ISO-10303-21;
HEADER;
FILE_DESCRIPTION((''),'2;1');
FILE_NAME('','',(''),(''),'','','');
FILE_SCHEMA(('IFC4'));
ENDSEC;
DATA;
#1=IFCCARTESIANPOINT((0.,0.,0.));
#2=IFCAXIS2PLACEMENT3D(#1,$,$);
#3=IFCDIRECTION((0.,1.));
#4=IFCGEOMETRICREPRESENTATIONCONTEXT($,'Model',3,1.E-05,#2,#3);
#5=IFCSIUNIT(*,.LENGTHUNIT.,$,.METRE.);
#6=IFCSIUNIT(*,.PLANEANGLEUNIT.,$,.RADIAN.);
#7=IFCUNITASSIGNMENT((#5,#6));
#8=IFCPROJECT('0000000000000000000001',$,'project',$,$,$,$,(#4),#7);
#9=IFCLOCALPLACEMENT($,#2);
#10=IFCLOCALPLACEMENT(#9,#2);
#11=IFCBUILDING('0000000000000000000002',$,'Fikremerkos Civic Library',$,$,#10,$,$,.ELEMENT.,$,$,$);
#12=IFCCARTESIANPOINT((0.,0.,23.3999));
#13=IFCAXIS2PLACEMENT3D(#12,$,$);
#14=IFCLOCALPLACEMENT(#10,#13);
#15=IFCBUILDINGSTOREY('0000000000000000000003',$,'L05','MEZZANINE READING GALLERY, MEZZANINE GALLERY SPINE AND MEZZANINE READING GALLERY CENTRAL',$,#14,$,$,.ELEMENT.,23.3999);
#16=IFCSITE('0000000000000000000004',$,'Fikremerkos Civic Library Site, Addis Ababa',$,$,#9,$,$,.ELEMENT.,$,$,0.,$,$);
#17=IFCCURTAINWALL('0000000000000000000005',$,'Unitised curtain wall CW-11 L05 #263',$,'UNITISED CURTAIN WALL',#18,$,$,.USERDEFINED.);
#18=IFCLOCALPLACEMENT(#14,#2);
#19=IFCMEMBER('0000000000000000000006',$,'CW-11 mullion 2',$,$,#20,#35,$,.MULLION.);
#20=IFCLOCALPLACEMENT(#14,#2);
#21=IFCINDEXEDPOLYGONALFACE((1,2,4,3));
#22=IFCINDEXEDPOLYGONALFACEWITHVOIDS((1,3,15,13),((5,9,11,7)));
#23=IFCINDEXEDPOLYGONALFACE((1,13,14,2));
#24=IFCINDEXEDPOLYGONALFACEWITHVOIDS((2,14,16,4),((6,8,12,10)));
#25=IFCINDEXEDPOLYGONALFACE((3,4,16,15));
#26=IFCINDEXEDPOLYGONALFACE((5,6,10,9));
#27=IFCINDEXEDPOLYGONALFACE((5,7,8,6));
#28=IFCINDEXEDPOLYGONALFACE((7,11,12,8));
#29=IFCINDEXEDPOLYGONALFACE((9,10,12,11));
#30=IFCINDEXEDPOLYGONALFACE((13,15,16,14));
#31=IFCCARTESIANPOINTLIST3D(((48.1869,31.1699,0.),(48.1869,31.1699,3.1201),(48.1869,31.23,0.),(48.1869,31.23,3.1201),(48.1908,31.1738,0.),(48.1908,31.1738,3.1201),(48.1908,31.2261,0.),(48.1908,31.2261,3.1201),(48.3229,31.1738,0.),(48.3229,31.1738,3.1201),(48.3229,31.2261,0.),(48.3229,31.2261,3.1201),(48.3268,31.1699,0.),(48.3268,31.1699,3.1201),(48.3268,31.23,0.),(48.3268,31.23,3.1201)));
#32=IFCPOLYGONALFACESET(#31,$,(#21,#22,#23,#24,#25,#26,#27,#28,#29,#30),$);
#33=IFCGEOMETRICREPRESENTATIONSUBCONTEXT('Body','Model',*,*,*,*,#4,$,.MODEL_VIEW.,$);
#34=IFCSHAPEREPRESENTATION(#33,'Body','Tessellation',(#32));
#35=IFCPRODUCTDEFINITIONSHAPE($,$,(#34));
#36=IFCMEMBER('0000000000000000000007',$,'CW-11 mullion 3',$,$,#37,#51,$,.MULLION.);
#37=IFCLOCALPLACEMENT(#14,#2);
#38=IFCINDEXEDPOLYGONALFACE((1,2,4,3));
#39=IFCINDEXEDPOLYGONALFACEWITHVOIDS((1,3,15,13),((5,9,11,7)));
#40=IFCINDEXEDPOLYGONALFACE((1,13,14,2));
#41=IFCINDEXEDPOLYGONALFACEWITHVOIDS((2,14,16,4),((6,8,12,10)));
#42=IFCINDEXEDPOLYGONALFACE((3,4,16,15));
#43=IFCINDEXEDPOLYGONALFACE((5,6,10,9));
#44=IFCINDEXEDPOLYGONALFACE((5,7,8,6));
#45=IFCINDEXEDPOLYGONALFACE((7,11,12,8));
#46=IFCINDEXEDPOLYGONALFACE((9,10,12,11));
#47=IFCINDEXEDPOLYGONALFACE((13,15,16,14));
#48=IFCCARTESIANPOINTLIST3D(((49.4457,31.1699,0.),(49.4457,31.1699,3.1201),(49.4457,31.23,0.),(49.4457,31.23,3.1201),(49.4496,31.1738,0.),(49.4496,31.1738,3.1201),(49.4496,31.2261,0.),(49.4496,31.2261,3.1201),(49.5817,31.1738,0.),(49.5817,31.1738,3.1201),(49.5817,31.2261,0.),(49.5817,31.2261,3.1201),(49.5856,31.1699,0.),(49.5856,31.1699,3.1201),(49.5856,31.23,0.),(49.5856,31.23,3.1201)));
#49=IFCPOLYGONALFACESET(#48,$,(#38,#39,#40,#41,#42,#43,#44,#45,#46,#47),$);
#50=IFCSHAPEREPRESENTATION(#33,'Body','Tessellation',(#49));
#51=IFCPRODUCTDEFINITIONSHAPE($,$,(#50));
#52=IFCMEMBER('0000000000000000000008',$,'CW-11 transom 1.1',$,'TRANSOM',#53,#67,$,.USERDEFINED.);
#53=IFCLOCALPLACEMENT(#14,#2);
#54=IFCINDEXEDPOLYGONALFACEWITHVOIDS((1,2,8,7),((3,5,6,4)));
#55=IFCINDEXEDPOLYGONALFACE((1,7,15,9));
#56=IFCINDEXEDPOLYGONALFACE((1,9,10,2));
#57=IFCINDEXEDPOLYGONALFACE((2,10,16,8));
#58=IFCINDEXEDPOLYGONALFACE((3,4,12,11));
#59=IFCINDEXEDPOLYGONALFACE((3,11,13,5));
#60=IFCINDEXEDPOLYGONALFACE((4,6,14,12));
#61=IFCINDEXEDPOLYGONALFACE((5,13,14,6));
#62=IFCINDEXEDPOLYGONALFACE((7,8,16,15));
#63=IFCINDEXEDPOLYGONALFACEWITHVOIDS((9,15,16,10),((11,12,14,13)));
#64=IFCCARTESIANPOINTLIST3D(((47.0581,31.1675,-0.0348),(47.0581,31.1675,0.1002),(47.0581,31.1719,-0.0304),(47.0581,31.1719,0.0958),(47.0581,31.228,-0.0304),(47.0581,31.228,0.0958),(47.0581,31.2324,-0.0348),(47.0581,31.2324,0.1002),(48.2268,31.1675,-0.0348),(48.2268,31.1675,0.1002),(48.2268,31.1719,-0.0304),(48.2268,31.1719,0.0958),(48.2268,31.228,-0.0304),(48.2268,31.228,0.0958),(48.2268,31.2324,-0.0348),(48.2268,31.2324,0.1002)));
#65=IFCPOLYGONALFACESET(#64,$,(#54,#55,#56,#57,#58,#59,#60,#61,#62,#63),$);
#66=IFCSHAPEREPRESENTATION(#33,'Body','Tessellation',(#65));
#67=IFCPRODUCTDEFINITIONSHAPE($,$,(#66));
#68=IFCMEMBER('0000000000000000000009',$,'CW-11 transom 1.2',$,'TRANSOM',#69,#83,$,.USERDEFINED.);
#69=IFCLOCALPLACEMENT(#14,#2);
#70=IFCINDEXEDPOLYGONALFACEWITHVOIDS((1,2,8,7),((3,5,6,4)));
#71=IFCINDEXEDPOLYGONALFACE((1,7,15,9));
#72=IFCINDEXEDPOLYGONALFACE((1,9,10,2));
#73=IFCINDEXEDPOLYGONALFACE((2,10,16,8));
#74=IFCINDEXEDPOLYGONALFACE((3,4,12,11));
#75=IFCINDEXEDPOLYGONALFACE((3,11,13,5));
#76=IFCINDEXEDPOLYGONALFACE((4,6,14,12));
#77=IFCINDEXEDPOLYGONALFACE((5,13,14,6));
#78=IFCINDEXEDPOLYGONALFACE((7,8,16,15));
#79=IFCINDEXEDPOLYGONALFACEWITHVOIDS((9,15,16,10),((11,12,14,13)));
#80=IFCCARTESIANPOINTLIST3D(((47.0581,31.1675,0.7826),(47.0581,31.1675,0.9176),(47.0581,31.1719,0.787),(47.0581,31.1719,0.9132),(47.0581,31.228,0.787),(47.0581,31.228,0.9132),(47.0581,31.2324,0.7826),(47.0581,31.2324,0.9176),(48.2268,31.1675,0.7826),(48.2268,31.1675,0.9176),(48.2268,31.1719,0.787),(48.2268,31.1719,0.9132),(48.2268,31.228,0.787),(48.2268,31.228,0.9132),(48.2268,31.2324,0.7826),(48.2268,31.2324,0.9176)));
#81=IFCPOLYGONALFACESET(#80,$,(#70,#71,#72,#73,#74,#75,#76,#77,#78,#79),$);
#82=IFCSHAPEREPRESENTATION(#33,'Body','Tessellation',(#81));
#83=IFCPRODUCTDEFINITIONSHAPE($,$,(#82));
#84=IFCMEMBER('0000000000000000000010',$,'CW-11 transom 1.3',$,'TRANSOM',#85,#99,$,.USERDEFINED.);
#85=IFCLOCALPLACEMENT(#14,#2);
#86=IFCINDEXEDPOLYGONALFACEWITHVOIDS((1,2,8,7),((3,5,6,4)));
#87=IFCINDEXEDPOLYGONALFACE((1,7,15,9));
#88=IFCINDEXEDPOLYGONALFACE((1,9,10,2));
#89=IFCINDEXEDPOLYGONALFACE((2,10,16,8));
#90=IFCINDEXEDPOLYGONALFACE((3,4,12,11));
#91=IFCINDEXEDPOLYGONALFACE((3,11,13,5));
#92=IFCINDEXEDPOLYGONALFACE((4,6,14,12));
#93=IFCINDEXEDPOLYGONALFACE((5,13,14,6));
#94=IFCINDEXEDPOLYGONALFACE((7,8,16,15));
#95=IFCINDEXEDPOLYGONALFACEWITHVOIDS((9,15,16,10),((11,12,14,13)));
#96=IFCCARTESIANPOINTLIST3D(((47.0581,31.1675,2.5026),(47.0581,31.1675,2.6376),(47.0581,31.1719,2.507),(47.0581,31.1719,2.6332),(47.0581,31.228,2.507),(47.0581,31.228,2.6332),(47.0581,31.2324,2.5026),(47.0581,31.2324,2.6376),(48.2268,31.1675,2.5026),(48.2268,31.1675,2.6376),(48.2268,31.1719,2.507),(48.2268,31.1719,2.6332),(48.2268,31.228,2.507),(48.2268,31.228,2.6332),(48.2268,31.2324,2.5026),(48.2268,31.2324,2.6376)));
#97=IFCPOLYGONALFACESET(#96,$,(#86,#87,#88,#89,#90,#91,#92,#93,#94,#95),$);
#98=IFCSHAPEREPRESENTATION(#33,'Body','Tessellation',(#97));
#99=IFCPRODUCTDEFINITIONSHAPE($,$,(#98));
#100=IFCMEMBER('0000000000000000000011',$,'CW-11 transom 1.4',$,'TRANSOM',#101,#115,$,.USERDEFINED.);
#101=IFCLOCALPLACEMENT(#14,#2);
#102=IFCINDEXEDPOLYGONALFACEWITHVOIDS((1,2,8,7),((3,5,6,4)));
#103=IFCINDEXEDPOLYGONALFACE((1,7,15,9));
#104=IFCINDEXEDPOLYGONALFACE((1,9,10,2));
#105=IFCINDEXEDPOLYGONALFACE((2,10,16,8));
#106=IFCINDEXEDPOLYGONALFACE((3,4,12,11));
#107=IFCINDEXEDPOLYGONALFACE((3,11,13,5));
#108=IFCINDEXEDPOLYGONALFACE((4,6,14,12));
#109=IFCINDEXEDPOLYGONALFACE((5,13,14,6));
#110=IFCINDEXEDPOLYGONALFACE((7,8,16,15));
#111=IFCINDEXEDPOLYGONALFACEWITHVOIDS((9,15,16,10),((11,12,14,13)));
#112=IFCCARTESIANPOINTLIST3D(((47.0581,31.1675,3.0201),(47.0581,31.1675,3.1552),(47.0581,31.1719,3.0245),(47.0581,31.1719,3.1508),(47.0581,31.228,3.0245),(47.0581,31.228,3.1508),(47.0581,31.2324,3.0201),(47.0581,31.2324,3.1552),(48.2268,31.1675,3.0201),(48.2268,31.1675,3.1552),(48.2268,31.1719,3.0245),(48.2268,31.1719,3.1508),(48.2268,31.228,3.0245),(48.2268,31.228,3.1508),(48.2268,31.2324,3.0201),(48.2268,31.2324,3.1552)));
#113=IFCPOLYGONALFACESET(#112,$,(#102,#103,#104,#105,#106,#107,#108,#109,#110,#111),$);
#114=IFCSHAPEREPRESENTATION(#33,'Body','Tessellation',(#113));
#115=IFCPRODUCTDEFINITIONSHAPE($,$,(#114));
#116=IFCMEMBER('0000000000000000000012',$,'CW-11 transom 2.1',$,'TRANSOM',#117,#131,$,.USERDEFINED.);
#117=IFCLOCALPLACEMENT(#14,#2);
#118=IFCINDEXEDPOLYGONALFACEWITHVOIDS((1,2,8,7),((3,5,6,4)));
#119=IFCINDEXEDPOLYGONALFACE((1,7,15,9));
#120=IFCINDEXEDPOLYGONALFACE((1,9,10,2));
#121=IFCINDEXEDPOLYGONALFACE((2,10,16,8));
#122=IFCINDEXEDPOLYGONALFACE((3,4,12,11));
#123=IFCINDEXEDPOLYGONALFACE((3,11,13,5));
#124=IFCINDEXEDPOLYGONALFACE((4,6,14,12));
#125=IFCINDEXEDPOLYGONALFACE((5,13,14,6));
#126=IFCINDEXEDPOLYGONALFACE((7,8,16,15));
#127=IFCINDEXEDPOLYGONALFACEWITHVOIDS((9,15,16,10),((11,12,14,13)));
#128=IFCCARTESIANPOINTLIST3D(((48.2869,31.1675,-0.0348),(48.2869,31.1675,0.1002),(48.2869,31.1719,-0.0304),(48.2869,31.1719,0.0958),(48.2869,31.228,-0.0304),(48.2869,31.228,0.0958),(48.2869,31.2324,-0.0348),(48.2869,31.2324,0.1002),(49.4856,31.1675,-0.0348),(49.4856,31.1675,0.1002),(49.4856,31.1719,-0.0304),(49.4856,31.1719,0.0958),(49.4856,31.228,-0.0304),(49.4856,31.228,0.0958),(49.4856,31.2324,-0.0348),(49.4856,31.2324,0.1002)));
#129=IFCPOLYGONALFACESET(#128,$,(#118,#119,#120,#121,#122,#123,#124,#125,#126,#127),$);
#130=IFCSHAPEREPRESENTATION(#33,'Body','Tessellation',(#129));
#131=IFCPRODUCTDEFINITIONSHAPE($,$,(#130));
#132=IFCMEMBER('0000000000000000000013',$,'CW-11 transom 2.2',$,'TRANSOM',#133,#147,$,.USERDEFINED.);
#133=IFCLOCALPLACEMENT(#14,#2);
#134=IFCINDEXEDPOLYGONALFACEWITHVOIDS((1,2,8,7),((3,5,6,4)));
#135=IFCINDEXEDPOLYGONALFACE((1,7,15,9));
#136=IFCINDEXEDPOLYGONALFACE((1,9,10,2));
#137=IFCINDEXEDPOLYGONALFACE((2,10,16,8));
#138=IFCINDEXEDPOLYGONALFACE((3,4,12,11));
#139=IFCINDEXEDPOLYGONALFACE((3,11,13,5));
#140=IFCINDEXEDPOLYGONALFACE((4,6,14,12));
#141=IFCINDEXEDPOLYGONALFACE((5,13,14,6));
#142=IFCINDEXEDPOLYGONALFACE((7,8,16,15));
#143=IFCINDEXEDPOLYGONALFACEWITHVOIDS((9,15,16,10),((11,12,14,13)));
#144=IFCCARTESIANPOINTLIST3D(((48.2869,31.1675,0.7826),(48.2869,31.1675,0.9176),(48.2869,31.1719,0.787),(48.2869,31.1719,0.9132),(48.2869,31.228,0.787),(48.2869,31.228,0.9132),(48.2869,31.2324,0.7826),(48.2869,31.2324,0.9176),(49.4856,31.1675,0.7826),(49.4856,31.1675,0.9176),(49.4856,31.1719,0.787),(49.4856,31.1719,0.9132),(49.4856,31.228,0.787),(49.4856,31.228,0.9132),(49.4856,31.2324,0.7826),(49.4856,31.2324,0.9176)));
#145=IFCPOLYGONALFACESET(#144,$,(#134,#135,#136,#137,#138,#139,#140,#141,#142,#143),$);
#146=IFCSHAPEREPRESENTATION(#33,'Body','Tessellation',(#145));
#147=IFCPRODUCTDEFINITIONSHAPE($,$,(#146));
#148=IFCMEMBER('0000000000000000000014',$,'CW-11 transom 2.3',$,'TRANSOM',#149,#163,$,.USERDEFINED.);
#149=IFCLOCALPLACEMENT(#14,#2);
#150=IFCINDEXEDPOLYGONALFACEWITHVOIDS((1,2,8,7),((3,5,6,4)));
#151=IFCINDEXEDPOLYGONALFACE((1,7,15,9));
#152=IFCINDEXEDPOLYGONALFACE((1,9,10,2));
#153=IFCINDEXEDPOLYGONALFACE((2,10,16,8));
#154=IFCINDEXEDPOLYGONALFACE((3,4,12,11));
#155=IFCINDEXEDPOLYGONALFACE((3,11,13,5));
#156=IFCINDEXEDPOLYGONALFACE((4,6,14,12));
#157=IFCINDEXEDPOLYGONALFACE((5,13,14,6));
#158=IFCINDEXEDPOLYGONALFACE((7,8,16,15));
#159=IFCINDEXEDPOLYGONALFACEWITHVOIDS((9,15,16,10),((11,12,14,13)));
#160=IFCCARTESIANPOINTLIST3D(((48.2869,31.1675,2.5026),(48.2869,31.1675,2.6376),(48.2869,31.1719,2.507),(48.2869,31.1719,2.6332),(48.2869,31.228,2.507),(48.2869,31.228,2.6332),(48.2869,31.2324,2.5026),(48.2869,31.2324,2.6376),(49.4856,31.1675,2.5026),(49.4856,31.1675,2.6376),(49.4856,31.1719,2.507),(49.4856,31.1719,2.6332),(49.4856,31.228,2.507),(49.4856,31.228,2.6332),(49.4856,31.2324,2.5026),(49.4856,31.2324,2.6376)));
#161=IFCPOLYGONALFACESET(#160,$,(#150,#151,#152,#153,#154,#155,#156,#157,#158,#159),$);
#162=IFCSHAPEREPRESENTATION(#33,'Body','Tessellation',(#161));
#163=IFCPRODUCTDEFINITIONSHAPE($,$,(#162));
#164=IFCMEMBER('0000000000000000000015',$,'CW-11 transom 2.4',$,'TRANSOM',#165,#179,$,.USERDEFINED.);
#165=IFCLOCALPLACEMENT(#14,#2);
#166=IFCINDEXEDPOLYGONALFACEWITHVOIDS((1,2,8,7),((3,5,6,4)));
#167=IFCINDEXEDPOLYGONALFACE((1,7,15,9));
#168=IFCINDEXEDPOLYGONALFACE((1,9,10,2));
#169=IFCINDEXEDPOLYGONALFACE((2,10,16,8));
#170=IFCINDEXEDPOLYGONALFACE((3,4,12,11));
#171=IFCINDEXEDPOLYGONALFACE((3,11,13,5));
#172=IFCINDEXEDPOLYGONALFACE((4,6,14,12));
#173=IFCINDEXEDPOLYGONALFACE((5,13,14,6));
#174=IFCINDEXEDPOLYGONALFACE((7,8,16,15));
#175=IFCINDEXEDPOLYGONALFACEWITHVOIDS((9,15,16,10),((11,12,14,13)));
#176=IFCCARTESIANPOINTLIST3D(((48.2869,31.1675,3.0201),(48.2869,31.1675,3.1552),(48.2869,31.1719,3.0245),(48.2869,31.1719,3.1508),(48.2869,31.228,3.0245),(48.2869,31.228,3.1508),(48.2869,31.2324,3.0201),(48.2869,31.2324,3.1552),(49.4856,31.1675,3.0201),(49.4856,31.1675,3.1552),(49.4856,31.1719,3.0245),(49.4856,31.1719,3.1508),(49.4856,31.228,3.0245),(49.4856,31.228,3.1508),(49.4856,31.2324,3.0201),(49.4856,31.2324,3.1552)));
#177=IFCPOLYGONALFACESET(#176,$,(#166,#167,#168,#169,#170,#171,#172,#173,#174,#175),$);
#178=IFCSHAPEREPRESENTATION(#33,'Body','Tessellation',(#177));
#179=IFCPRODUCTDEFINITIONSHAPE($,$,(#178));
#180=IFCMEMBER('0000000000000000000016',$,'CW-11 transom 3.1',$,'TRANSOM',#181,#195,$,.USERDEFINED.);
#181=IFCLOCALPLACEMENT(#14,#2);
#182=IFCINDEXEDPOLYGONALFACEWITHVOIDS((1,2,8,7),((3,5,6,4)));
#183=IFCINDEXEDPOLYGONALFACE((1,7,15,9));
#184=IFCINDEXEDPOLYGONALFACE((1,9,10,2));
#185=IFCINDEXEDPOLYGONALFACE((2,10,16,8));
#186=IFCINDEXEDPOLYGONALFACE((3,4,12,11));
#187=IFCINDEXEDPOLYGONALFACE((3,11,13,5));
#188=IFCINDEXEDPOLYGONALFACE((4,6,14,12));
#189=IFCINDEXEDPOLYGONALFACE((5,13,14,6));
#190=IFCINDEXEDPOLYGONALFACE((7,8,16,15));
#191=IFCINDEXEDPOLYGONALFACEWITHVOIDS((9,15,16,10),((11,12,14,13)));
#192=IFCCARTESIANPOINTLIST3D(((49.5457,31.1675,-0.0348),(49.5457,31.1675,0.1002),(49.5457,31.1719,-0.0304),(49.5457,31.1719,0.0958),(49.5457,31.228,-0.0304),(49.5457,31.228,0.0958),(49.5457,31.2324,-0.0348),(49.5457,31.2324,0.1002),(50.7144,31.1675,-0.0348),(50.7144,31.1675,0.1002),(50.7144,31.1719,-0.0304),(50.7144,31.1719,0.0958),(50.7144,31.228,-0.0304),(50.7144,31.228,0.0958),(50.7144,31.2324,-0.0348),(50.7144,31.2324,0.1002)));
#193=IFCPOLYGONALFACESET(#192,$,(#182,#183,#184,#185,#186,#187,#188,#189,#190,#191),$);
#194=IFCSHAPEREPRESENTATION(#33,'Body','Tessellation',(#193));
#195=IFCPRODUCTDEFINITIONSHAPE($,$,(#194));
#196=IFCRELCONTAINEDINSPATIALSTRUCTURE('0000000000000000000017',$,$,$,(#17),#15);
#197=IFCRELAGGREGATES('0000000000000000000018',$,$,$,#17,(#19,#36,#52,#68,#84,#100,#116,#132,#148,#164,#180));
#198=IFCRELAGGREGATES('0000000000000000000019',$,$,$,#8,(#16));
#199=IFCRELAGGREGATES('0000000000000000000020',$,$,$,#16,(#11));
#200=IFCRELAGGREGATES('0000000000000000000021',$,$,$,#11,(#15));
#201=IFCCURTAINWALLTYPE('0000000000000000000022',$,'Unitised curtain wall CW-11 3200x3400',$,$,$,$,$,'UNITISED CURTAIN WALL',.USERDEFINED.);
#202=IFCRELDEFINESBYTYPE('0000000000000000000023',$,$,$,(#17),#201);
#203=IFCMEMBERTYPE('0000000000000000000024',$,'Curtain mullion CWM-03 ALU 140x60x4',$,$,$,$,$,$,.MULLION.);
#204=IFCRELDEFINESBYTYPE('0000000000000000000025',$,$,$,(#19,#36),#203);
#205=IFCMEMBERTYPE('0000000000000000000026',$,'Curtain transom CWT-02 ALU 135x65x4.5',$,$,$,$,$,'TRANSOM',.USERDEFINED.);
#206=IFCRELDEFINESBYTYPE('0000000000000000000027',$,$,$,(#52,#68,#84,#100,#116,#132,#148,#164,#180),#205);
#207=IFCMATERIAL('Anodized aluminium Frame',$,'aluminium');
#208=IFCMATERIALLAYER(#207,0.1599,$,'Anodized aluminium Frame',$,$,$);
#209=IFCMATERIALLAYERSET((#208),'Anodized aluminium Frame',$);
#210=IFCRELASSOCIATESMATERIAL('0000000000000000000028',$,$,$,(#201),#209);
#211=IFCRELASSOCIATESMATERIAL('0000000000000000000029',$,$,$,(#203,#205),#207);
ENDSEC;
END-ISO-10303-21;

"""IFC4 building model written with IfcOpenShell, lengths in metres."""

from ifc_helpers import new_model, si_unit, direction, frame, origin, origin_2d, place, context, subcontext, project, spatial, hollow_rectangle, extrude, material, layer, layer_set, material_profile, profile_set, type_object, element, aggregate, save


model = new_model("IFC4")

# Units and contexts
model_context = context("Model", 3, precision=1e-05, world=origin(), true_north=direction((0.0, 1.0)))
body_context = subcontext(model_context, "Body", "Model", "MODEL_VIEW")
ifc_project = project(units=[si_unit("LENGTHUNIT", "METRE"), si_unit("PLANEANGLEUNIT", "RADIAN")], contexts=[model_context])

# Site, building, storey
site_placement = place(None, origin())
site = spatial("IfcSite", under=ifc_project, at=site_placement, Name="Fikremerkos Civic Library Site, Addis Ababa", CompositionType="ELEMENT", RefElevation=0.0)
building_placement = place(site_placement, origin())
building = spatial("IfcBuilding", under=site, at=building_placement, Name="Fikremerkos Civic Library", CompositionType="ELEMENT")
storey_placement = place(building_placement, frame((0.0, 0.0, 23.3999)))
storey = spatial("IfcBuildingStorey", under=building, at=storey_placement, Name="L05", Description="MEZZANINE READING GALLERY, MEZZANINE GALLERY SPINE AND MEZZANINE READING GALLERY CENTRAL", CompositionType="ELEMENT", Elevation=23.3999)

# Curtain wall, members
ifc_material_1 = material(Name="Anodized aluminium Frame", Category="aluminium")
ifc_layer_1 = layer(ifc_material_1, 0.1599, Name="Anodized aluminium Frame")
ifc_layer_set_1 = layer_set([ifc_layer_1], Name="Anodized aluminium Frame")
curtain_wall_type = type_object("IfcCurtainWallType", Name="Unitised curtain wall CW-11 3200x3400", ElementType="UNITISED CURTAIN WALL", PredefinedType="USERDEFINED", material=ifc_layer_set_1)
curtain_wall_placement = place(storey_placement, origin())
curtain_wall = element("IfcCurtainWall", 1, at=curtain_wall_placement, inside=storey, type_object=curtain_wall_type, Name="Unitised curtain wall CW-11 L05 #263", ObjectType="UNITISED CURTAIN WALL", PredefinedType="USERDEFINED")
ifc_material_profile_1 = material_profile(ifc_material_1, hollow_rectangle(XDim=0.0601, YDim=0.1399, WallThickness=0.0039, at=origin_2d()), Name="ALU 140x60x4")
ifc_profile_set_1 = profile_set([ifc_material_profile_1], Name="Anodized aluminium Frame")
member_type_1 = type_object("IfcMemberType", Name="Curtain mullion CWM-03 ALU 140x60x4", PredefinedType="MULLION", material=ifc_profile_set_1)
member_1_placement = place(storey_placement, frame((48.2568, 31.2, 0.0), z_axis=(0.0, 0.0, 1.0), x_axis=(0.0, 1.0, 0.0)))
member_1 = element("IfcMember", 2, at=member_1_placement, type_object=member_type_1, Name="CW-11 mullion 2", PredefinedType="MULLION", context=body_context, shape_type="SweptSolid", body=[
    extrude(hollow_rectangle(XDim=0.0601, YDim=0.1399, WallThickness=0.0039, at=origin_2d()), origin(), (0.0, 0.0, 1.0), 3.1201),
])
member_2_placement = place(storey_placement, frame((49.5156, 31.2, 0.0), z_axis=(0.0, 0.0, 1.0), x_axis=(0.0, 1.0, 0.0)))
member_2 = element("IfcMember", 3, at=member_2_placement, type_object=member_type_1, Name="CW-11 mullion 3", PredefinedType="MULLION", context=body_context, shape_type="SweptSolid", body=[
    extrude(hollow_rectangle(XDim=0.0601, YDim=0.1399, WallThickness=0.0039, at=origin_2d()), origin(), (0.0, 0.0, 1.0), 3.1201),
])
ifc_material_profile_2 = material_profile(ifc_material_1, hollow_rectangle(XDim=0.0649, YDim=0.135, WallThickness=0.0044, at=origin_2d()), Name="ALU 135x65x4.5")
ifc_profile_set_2 = profile_set([ifc_material_profile_2], Name="Anodized aluminium Frame")
member_type_2 = type_object("IfcMemberType", Name="Curtain transom CWT-02 ALU 135x65x4.5", ElementType="TRANSOM", PredefinedType="USERDEFINED", material=ifc_profile_set_2)
member_3_placement = place(storey_placement, frame((47.0581, 31.2, 0.0327), z_axis=(1.0, 0.0, 0.0), x_axis=(0.0, 1.0, 0.0)))
member_3 = element("IfcMember", 4, at=member_3_placement, type_object=member_type_2, Name="CW-11 transom 1.1", ObjectType="TRANSOM", PredefinedType="USERDEFINED", context=body_context, shape_type="SweptSolid", body=[
    extrude(hollow_rectangle(XDim=0.0649, YDim=0.135, WallThickness=0.0044, at=origin_2d()), origin(), (0.0, 0.0, 1.0), 1.1687),
])
member_4_placement = place(storey_placement, frame((47.0581, 31.2, 0.8501), z_axis=(1.0, 0.0, 0.0), x_axis=(0.0, 1.0, 0.0)))
member_4 = element("IfcMember", 5, at=member_4_placement, type_object=member_type_2, Name="CW-11 transom 1.2", ObjectType="TRANSOM", PredefinedType="USERDEFINED", context=body_context, shape_type="SweptSolid", body=[
    extrude(hollow_rectangle(XDim=0.0649, YDim=0.135, WallThickness=0.0044, at=origin_2d()), origin(), (0.0, 0.0, 1.0), 1.1687),
])
member_5_placement = place(storey_placement, frame((47.0581, 31.2, 2.5701), z_axis=(1.0, 0.0, 0.0), x_axis=(0.0, 1.0, 0.0)))
member_5 = element("IfcMember", 6, at=member_5_placement, type_object=member_type_2, Name="CW-11 transom 1.3", ObjectType="TRANSOM", PredefinedType="USERDEFINED", context=body_context, shape_type="SweptSolid", body=[
    extrude(hollow_rectangle(XDim=0.0649, YDim=0.135, WallThickness=0.0044, at=origin_2d()), origin(), (0.0, 0.0, 1.0), 1.1687),
])
member_6_placement = place(storey_placement, frame((47.0581, 31.2, 3.0876), z_axis=(1.0, 0.0, 0.0), x_axis=(0.0, 1.0, 0.0)))
member_6 = element("IfcMember", 7, at=member_6_placement, type_object=member_type_2, Name="CW-11 transom 1.4", ObjectType="TRANSOM", PredefinedType="USERDEFINED", context=body_context, shape_type="SweptSolid", body=[
    extrude(hollow_rectangle(XDim=0.0649, YDim=0.135, WallThickness=0.0044, at=origin_2d()), origin(), (0.0, 0.0, 1.0), 1.1687),
])
member_7_placement = place(storey_placement, frame((48.2869, 31.2, 0.0327), z_axis=(1.0, 0.0, 0.0), x_axis=(0.0, 1.0, 0.0)))
member_7 = element("IfcMember", 8, at=member_7_placement, type_object=member_type_2, Name="CW-11 transom 2.1", ObjectType="TRANSOM", PredefinedType="USERDEFINED", context=body_context, shape_type="SweptSolid", body=[
    extrude(hollow_rectangle(XDim=0.0649, YDim=0.135, WallThickness=0.0044, at=origin_2d()), origin(), (0.0, 0.0, 1.0), 1.1987),
])
member_8_placement = place(storey_placement, frame((48.2869, 31.2, 0.8501), z_axis=(1.0, 0.0, 0.0), x_axis=(0.0, 1.0, 0.0)))
member_8 = element("IfcMember", 9, at=member_8_placement, type_object=member_type_2, Name="CW-11 transom 2.2", ObjectType="TRANSOM", PredefinedType="USERDEFINED", context=body_context, shape_type="SweptSolid", body=[
    extrude(hollow_rectangle(XDim=0.0649, YDim=0.135, WallThickness=0.0044, at=origin_2d()), origin(), (0.0, 0.0, 1.0), 1.1987),
])
member_9_placement = place(storey_placement, frame((48.2869, 31.2, 2.5701), z_axis=(1.0, 0.0, 0.0), x_axis=(0.0, 1.0, 0.0)))
member_9 = element("IfcMember", 10, at=member_9_placement, type_object=member_type_2, Name="CW-11 transom 2.3", ObjectType="TRANSOM", PredefinedType="USERDEFINED", context=body_context, shape_type="SweptSolid", body=[
    extrude(hollow_rectangle(XDim=0.0649, YDim=0.135, WallThickness=0.0044, at=origin_2d()), origin(), (0.0, 0.0, 1.0), 1.1987),
])
member_10_placement = place(storey_placement, frame((48.2869, 31.2, 3.0876), z_axis=(1.0, 0.0, 0.0), x_axis=(0.0, 1.0, 0.0)))
member_10 = element("IfcMember", 11, at=member_10_placement, type_object=member_type_2, Name="CW-11 transom 2.4", ObjectType="TRANSOM", PredefinedType="USERDEFINED", context=body_context, shape_type="SweptSolid", body=[
    extrude(hollow_rectangle(XDim=0.0649, YDim=0.135, WallThickness=0.0044, at=origin_2d()), origin(), (0.0, 0.0, 1.0), 1.1987),
])
member_11_placement = place(storey_placement, frame((49.5457, 31.2, 0.0327), z_axis=(1.0, 0.0, 0.0), x_axis=(0.0, 1.0, 0.0)))
member_11 = element("IfcMember", 12, at=member_11_placement, type_object=member_type_2, Name="CW-11 transom 3.1", ObjectType="TRANSOM", PredefinedType="USERDEFINED", context=body_context, shape_type="SweptSolid", body=[
    extrude(hollow_rectangle(XDim=0.0649, YDim=0.135, WallThickness=0.0044, at=origin_2d()), origin(), (0.0, 0.0, 1.0), 1.1687),
])
aggregate(curtain_wall, [member_1, member_2, member_3, member_4, member_5, member_6, member_7, member_8, member_9, member_10, member_11])

save(model, "model.ifc")
